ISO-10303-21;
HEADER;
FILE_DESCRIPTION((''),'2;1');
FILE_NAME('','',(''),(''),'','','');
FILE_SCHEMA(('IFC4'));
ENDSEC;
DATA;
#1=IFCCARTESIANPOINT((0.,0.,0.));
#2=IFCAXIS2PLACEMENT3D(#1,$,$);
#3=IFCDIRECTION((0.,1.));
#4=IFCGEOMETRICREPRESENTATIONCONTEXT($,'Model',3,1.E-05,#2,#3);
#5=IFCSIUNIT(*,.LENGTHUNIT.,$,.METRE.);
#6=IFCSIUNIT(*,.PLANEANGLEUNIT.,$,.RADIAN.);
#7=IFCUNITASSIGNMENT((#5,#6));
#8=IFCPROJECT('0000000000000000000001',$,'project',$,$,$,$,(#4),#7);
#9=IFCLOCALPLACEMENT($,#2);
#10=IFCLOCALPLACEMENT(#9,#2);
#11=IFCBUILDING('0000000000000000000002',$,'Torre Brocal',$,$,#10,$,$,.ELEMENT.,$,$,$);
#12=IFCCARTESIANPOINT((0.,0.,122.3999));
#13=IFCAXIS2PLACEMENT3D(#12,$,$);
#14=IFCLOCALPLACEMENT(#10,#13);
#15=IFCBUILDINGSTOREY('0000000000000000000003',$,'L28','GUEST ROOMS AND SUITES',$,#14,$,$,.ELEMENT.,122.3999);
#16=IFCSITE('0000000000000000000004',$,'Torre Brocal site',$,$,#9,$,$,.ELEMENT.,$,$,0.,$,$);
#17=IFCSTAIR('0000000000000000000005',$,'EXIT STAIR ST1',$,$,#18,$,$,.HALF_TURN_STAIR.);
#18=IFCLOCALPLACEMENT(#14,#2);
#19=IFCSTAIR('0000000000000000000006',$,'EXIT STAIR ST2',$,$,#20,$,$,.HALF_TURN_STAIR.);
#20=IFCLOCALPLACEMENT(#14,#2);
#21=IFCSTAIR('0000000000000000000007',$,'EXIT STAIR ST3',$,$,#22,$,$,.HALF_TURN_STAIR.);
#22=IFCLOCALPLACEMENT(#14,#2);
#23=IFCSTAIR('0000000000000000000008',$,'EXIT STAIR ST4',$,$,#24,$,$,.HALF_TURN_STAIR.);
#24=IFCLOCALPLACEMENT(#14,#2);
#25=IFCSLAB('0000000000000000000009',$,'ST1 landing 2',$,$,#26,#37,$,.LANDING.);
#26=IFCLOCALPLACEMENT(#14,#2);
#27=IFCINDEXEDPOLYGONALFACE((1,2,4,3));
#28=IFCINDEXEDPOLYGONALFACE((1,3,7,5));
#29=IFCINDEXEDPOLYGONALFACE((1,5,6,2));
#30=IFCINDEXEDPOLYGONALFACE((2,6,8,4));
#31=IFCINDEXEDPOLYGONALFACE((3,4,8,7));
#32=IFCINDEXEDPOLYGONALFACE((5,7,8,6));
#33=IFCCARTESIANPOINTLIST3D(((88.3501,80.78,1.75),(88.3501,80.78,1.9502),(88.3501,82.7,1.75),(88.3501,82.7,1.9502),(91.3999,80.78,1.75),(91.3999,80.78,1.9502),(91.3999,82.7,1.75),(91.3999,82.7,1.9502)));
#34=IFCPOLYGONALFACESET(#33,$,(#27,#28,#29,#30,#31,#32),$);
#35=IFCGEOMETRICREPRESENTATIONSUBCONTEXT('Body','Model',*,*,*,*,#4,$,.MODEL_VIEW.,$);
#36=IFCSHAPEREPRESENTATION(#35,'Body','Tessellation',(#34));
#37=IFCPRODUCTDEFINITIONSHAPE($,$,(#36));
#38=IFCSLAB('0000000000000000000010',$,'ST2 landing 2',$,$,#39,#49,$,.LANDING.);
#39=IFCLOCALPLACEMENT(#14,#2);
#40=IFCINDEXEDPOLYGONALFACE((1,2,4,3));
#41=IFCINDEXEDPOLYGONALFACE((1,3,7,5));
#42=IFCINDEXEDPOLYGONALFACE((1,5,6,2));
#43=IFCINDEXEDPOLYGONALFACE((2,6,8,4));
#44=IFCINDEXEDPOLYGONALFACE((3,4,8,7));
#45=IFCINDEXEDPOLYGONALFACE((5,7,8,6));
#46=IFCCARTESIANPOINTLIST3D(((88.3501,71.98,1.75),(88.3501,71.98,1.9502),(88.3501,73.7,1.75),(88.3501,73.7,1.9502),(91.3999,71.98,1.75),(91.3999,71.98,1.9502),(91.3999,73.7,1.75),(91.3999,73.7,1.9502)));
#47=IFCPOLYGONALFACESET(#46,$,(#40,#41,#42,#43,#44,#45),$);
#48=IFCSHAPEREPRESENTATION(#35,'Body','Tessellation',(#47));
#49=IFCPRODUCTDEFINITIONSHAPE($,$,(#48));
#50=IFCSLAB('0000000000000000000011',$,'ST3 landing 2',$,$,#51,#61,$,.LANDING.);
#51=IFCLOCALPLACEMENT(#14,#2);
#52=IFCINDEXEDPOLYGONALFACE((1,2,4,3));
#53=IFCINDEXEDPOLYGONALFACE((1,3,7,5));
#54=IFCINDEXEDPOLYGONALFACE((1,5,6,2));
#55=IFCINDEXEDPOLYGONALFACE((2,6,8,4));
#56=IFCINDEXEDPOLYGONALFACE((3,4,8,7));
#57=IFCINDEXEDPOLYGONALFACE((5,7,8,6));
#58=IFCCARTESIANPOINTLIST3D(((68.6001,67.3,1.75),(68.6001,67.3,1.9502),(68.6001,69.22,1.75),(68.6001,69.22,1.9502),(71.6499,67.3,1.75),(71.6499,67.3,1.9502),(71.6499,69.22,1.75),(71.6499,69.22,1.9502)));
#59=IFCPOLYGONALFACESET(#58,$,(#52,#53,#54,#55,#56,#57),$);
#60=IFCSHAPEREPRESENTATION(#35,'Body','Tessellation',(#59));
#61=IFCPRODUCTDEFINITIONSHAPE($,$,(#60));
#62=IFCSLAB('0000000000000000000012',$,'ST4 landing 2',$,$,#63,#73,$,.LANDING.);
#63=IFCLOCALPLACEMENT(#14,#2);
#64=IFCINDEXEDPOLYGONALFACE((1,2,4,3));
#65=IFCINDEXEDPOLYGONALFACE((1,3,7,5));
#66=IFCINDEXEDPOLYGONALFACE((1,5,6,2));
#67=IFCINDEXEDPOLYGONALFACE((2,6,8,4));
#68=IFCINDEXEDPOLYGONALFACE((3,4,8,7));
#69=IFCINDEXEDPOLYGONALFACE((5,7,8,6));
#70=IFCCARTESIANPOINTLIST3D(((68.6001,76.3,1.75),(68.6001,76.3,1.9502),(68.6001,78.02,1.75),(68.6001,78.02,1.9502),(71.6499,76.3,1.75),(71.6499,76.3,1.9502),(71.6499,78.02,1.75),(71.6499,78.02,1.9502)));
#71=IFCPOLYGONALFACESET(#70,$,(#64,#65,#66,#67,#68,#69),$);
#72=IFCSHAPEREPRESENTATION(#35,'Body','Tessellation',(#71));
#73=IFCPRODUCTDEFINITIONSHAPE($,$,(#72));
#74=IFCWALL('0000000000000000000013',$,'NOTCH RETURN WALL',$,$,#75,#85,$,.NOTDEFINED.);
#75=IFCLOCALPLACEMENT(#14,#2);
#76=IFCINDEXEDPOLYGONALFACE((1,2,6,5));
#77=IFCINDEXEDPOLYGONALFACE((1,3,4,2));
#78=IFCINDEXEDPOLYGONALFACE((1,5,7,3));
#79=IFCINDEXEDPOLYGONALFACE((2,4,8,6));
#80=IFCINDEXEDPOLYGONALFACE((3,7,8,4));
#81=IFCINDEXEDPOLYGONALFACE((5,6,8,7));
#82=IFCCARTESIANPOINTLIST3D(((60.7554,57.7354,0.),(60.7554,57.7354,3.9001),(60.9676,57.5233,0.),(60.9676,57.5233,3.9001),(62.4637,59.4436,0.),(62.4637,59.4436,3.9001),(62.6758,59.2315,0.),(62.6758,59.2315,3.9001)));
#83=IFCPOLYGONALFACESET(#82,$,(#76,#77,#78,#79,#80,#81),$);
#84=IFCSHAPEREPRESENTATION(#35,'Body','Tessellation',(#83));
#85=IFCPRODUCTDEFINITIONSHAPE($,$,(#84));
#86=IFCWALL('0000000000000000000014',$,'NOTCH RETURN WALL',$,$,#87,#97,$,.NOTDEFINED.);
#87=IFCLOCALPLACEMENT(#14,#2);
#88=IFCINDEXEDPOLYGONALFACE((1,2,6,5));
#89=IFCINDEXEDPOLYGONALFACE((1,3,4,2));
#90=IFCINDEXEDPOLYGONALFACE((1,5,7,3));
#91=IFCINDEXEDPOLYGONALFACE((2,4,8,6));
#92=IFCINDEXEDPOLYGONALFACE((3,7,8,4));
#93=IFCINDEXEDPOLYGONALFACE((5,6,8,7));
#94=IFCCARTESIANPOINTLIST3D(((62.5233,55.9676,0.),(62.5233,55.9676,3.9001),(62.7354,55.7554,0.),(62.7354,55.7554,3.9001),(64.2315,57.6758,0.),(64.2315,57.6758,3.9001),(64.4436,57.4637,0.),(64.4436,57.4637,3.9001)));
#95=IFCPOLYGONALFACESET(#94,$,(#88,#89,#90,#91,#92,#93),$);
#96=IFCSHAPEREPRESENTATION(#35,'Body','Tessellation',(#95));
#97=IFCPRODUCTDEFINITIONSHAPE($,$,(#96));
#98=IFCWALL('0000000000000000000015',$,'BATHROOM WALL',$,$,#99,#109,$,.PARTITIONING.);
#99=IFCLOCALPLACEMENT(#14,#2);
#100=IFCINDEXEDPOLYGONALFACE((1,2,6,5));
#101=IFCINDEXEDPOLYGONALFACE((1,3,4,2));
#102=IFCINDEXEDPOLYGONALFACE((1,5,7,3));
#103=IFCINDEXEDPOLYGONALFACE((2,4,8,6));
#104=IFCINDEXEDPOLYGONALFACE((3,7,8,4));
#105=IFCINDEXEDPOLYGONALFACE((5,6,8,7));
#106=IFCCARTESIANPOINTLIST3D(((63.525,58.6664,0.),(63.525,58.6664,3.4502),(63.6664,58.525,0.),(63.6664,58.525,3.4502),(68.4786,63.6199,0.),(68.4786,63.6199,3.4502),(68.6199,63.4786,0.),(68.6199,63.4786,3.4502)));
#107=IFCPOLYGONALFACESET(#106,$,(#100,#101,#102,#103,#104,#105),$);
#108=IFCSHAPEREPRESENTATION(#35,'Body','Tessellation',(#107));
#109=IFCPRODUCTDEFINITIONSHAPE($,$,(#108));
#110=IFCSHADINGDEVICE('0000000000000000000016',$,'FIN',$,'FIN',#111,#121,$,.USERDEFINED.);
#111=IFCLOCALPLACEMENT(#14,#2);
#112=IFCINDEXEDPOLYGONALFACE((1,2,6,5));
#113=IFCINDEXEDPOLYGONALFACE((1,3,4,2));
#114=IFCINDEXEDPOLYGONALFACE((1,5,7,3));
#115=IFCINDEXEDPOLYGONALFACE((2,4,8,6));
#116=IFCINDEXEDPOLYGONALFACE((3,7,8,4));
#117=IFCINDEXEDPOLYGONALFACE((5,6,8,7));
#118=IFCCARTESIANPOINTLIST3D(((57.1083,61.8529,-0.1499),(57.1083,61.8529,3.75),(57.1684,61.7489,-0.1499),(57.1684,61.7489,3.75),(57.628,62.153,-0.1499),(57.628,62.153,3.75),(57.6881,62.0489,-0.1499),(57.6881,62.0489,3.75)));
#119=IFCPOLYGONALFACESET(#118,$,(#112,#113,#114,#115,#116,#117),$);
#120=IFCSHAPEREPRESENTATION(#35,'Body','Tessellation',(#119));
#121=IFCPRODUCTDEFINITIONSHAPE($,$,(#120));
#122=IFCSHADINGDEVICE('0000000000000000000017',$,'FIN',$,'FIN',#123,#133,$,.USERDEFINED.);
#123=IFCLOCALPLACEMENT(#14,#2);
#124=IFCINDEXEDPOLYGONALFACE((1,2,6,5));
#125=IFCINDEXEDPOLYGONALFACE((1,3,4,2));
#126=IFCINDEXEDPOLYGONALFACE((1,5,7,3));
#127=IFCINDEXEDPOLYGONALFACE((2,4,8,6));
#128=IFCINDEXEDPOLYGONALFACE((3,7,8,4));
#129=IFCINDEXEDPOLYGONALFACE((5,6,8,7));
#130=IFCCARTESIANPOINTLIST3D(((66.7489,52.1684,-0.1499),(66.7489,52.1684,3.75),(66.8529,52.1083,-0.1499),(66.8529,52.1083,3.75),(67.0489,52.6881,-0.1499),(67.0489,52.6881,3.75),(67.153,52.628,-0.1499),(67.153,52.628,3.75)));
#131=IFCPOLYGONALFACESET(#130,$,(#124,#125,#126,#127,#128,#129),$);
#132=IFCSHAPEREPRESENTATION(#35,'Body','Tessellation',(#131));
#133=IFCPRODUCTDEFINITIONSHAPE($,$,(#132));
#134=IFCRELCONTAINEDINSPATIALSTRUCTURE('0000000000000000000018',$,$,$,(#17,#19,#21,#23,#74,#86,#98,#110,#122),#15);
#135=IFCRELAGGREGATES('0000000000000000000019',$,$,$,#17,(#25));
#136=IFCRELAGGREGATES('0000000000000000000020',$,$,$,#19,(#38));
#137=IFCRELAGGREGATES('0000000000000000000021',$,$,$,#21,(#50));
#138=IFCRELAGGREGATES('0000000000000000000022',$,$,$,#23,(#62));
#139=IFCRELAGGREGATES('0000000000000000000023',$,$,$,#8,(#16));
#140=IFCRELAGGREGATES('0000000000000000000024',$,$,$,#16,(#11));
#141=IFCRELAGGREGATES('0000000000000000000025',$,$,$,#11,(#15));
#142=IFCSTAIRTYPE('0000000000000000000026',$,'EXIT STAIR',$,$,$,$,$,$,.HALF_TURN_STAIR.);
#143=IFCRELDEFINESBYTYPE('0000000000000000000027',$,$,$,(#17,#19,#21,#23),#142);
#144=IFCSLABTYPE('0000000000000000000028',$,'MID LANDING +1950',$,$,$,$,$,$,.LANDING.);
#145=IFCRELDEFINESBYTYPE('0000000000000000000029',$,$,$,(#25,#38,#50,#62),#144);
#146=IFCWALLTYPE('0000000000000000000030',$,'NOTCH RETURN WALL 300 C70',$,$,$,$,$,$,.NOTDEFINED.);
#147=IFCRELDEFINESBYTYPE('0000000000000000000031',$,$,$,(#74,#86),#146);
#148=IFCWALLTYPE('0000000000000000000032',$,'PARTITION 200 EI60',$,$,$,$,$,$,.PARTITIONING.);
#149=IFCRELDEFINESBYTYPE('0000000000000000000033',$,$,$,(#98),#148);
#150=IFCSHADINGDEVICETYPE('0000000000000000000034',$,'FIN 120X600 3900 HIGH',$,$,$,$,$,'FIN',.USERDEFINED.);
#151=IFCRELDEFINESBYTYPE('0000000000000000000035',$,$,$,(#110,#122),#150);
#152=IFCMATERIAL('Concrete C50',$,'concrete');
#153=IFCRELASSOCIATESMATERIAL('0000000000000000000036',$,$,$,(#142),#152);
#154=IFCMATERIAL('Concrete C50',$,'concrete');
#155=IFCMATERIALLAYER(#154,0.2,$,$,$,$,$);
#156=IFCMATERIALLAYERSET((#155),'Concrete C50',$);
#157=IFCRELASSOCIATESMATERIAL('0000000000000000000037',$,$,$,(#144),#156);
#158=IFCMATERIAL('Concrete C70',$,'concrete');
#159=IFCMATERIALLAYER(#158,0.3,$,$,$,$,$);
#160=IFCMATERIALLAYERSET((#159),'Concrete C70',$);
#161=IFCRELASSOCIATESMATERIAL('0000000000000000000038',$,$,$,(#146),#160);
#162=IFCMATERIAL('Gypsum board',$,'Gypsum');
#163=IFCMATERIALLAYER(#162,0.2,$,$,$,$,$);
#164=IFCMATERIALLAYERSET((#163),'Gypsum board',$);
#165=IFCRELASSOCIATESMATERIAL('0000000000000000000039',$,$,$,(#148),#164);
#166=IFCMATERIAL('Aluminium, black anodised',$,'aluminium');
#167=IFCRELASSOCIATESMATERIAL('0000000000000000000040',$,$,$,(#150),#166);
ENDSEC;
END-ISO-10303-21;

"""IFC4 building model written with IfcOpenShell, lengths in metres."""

from ifc_helpers import new_model, si_unit, direction, frame, frame_2d, origin, origin_2d, place, context, subcontext, project, spatial, polyline, rectangle, outline, extrude, material, layer, layer_set, material_profile, profile_set, type_object, element, aggregate, save


model = new_model("IFC4")

# Units and contexts
model_context = context("Model", 3, precision=1e-05, world=origin(), true_north=direction((0.0, 1.0)))
body_context = subcontext(model_context, "Body", "Model", "MODEL_VIEW")
ifc_project = project(units=[si_unit("LENGTHUNIT", "METRE"), si_unit("PLANEANGLEUNIT", "RADIAN")], contexts=[model_context])

# Site, building, storey
site_placement = place(None, origin())
site = spatial("IfcSite", under=ifc_project, at=site_placement, Name="Torre Brocal site", CompositionType="ELEMENT", RefElevation=0.0)
building_placement = place(site_placement, origin())
building = spatial("IfcBuilding", under=site, at=building_placement, Name="Torre Brocal", CompositionType="ELEMENT")
storey_placement = place(building_placement, frame((0.0, 0.0, 122.3999)))
storey = spatial("IfcBuildingStorey", under=building, at=storey_placement, Name="L28", Description="GUEST ROOMS AND SUITES", CompositionType="ELEMENT", Elevation=122.3999)

# Stairs
ifc_material_1 = material(Name="Concrete C50", Category="concrete")
stair_type = type_object("IfcStairType", Name="EXIT STAIR", PredefinedType="HALF_TURN_STAIR", material=ifc_material_1)
stair_1_placement = place(storey_placement, origin())
stair_1 = element("IfcStair", 1, at=stair_1_placement, inside=storey, type_object=stair_type, Name="EXIT STAIR ST1", PredefinedType="HALF_TURN_STAIR")
stair_2_placement = place(storey_placement, origin())
stair_2 = element("IfcStair", 2, at=stair_2_placement, inside=storey, type_object=stair_type, Name="EXIT STAIR ST2", PredefinedType="HALF_TURN_STAIR")
stair_3_placement = place(storey_placement, origin())
stair_3 = element("IfcStair", 3, at=stair_3_placement, inside=storey, type_object=stair_type, Name="EXIT STAIR ST3", PredefinedType="HALF_TURN_STAIR")
stair_4_placement = place(storey_placement, origin())
stair_4 = element("IfcStair", 4, at=stair_4_placement, inside=storey, type_object=stair_type, Name="EXIT STAIR ST4", PredefinedType="HALF_TURN_STAIR")

# Slabs
ifc_material_2 = material(Name="Concrete C50", Category="concrete")
ifc_layer_1 = layer(ifc_material_2, 0.2)
ifc_layer_set_1 = layer_set([ifc_layer_1], Name="Concrete C50")
slab_type_1 = type_object("IfcSlabType", Name="MID LANDING +1950", PredefinedType="LANDING", material=ifc_layer_set_1)
slab_1_placement = place(storey_placement, frame((0.0, 0.0, 1.75)))
slab_1 = element("IfcSlab", 5, at=slab_1_placement, type_object=slab_type_1, Name="ST1 landing 2", PredefinedType="LANDING", context=body_context, shape_type="SweptSolid", body=[
    extrude(outline(polyline([(88.3501, 80.78), (91.3999, 80.78), (91.3999, 82.7), (88.3501, 82.7), (88.3501, 80.78)])), origin(), (0.0, 0.0, 1.0), 0.2002),
])
aggregate(stair_1, [slab_1])
slab_2_placement = place(storey_placement, frame((0.0, 0.0, 1.75)))
slab_2 = element("IfcSlab", 6, at=slab_2_placement, type_object=slab_type_1, Name="ST2 landing 2", PredefinedType="LANDING", context=body_context, shape_type="SweptSolid", body=[
    extrude(outline(polyline([(88.3501, 71.98), (91.3999, 71.98), (91.3999, 73.7), (88.3501, 73.7), (88.3501, 71.98)])), origin(), (0.0, 0.0, 1.0), 0.2002),
])
aggregate(stair_2, [slab_2])
slab_3_placement = place(storey_placement, frame((0.0, 0.0, 1.75)))
slab_3 = element("IfcSlab", 7, at=slab_3_placement, type_object=slab_type_1, Name="ST3 landing 2", PredefinedType="LANDING", context=body_context, shape_type="SweptSolid", body=[
    extrude(outline(polyline([(71.6499, 69.22), (68.6001, 69.22), (68.6001, 67.3), (71.6499, 67.3), (71.6499, 69.22)])), origin(), (0.0, 0.0, 1.0), 0.2002),
])
aggregate(stair_3, [slab_3])
slab_4_placement = place(storey_placement, frame((0.0, 0.0, 1.75)))
slab_4 = element("IfcSlab", 8, at=slab_4_placement, type_object=slab_type_1, Name="ST4 landing 2", PredefinedType="LANDING", context=body_context, shape_type="SweptSolid", body=[
    extrude(outline(polyline([(71.6499, 78.02), (68.6001, 78.02), (68.6001, 76.3), (71.6499, 76.3), (71.6499, 78.02)])), origin(), (0.0, 0.0, 1.0), 0.2002),
])
aggregate(stair_4, [slab_4])

# Walls
ifc_material_3 = material(Name="Concrete C70", Category="concrete")
ifc_layer_2 = layer(ifc_material_3, 0.3)
ifc_layer_set_2 = layer_set([ifc_layer_2], Name="Concrete C70")
wall_type_1 = type_object("IfcWallType", Name="NOTCH RETURN WALL 300 C70", PredefinedType="NOTDEFINED", material=ifc_layer_set_2)
for number, where, z_axis, x_axis, name in (
    (9, (62.5698, 59.3376, 0.0), (0.0, 0.0, 1.0), (-0.707107, -0.707107, 0.0), "NOTCH RETURN WALL"),
    (10, (64.3376, 57.5698, 0.0), (0.0, 0.0, 1.0), (-0.707107, -0.707107, 0.0), "NOTCH RETURN WALL"),
):
    element("IfcWall", number, at=place(storey_placement, frame(where, z_axis=z_axis, x_axis=x_axis)), inside=storey, type_object=wall_type_1, Name=name, PredefinedType="NOTDEFINED", context=body_context, shape_type="SweptSolid", body=[
        extrude(rectangle(XDim=2.4158, YDim=0.3, at=frame_2d((1.208, 0.0))), origin(), (0.0, 0.0, 1.0), 3.9001),
    ])
ifc_material_4 = material(Name="Gypsum board", Category="Gypsum")
ifc_layer_3 = layer(ifc_material_4, 0.2)
ifc_layer_set_3 = layer_set([ifc_layer_3], Name="Gypsum board")
wall_type_2 = type_object("IfcWallType", Name="PARTITION 200 EI60", PredefinedType="PARTITIONING", material=ifc_layer_set_3)
wall_placement = place(storey_placement, frame((63.5957, 58.5957, 0.0), z_axis=(0.0, 0.0, 1.0), x_axis=(0.707107, 0.707107, 0.0)))
element("IfcWall", 11, at=wall_placement, inside=storey, type_object=wall_type_2, Name="BATHROOM WALL", PredefinedType="PARTITIONING", context=body_context, shape_type="SweptSolid", body=[
    extrude(rectangle(XDim=7.0054, YDim=0.2, at=frame_2d((3.5027, 0.0))), origin(), (0.0, 0.0, 1.0), 3.4502),
])

# Shading devices
ifc_material_5 = material(Name="Aluminium, black anodised", Category="aluminium")
ifc_material_profile_1 = material_profile(ifc_material_5, rectangle(XDim=0.1201, YDim=0.6001, at=origin_2d()), Name="FIN 120X600 3900 HIGH")
ifc_profile_set_1 = profile_set([ifc_material_profile_1], Name="Aluminium, black anodised")
shading_device_type = type_object("IfcShadingDeviceType", Name="FIN 120X600 3900 HIGH", ElementType="FIN", PredefinedType="USERDEFINED", material=ifc_profile_set_1)
for number, where, z_axis, x_axis, name in (
    (12, (57.3982, 61.9509, -0.1499), (0.0, 0.0, 1.0), (0.5, -0.866025, 0.0), "FIN"),
    (13, (66.9509, 52.3982, -0.1499), (0.0, 0.0, 1.0), (0.866025, -0.5, 0.0), "FIN"),
):
    element("IfcShadingDevice", number, at=place(storey_placement, frame(where, z_axis=z_axis, x_axis=x_axis)), inside=storey, type_object=shading_device_type, Name=name, ObjectType="FIN", PredefinedType="USERDEFINED", context=body_context, shape_type="SweptSolid", body=[
        extrude(rectangle(XDim=0.1201, YDim=0.6001, at=origin_2d()), origin(), (0.0, 0.0, 1.0), 3.8999),
    ])

save(model, "model.ifc")
